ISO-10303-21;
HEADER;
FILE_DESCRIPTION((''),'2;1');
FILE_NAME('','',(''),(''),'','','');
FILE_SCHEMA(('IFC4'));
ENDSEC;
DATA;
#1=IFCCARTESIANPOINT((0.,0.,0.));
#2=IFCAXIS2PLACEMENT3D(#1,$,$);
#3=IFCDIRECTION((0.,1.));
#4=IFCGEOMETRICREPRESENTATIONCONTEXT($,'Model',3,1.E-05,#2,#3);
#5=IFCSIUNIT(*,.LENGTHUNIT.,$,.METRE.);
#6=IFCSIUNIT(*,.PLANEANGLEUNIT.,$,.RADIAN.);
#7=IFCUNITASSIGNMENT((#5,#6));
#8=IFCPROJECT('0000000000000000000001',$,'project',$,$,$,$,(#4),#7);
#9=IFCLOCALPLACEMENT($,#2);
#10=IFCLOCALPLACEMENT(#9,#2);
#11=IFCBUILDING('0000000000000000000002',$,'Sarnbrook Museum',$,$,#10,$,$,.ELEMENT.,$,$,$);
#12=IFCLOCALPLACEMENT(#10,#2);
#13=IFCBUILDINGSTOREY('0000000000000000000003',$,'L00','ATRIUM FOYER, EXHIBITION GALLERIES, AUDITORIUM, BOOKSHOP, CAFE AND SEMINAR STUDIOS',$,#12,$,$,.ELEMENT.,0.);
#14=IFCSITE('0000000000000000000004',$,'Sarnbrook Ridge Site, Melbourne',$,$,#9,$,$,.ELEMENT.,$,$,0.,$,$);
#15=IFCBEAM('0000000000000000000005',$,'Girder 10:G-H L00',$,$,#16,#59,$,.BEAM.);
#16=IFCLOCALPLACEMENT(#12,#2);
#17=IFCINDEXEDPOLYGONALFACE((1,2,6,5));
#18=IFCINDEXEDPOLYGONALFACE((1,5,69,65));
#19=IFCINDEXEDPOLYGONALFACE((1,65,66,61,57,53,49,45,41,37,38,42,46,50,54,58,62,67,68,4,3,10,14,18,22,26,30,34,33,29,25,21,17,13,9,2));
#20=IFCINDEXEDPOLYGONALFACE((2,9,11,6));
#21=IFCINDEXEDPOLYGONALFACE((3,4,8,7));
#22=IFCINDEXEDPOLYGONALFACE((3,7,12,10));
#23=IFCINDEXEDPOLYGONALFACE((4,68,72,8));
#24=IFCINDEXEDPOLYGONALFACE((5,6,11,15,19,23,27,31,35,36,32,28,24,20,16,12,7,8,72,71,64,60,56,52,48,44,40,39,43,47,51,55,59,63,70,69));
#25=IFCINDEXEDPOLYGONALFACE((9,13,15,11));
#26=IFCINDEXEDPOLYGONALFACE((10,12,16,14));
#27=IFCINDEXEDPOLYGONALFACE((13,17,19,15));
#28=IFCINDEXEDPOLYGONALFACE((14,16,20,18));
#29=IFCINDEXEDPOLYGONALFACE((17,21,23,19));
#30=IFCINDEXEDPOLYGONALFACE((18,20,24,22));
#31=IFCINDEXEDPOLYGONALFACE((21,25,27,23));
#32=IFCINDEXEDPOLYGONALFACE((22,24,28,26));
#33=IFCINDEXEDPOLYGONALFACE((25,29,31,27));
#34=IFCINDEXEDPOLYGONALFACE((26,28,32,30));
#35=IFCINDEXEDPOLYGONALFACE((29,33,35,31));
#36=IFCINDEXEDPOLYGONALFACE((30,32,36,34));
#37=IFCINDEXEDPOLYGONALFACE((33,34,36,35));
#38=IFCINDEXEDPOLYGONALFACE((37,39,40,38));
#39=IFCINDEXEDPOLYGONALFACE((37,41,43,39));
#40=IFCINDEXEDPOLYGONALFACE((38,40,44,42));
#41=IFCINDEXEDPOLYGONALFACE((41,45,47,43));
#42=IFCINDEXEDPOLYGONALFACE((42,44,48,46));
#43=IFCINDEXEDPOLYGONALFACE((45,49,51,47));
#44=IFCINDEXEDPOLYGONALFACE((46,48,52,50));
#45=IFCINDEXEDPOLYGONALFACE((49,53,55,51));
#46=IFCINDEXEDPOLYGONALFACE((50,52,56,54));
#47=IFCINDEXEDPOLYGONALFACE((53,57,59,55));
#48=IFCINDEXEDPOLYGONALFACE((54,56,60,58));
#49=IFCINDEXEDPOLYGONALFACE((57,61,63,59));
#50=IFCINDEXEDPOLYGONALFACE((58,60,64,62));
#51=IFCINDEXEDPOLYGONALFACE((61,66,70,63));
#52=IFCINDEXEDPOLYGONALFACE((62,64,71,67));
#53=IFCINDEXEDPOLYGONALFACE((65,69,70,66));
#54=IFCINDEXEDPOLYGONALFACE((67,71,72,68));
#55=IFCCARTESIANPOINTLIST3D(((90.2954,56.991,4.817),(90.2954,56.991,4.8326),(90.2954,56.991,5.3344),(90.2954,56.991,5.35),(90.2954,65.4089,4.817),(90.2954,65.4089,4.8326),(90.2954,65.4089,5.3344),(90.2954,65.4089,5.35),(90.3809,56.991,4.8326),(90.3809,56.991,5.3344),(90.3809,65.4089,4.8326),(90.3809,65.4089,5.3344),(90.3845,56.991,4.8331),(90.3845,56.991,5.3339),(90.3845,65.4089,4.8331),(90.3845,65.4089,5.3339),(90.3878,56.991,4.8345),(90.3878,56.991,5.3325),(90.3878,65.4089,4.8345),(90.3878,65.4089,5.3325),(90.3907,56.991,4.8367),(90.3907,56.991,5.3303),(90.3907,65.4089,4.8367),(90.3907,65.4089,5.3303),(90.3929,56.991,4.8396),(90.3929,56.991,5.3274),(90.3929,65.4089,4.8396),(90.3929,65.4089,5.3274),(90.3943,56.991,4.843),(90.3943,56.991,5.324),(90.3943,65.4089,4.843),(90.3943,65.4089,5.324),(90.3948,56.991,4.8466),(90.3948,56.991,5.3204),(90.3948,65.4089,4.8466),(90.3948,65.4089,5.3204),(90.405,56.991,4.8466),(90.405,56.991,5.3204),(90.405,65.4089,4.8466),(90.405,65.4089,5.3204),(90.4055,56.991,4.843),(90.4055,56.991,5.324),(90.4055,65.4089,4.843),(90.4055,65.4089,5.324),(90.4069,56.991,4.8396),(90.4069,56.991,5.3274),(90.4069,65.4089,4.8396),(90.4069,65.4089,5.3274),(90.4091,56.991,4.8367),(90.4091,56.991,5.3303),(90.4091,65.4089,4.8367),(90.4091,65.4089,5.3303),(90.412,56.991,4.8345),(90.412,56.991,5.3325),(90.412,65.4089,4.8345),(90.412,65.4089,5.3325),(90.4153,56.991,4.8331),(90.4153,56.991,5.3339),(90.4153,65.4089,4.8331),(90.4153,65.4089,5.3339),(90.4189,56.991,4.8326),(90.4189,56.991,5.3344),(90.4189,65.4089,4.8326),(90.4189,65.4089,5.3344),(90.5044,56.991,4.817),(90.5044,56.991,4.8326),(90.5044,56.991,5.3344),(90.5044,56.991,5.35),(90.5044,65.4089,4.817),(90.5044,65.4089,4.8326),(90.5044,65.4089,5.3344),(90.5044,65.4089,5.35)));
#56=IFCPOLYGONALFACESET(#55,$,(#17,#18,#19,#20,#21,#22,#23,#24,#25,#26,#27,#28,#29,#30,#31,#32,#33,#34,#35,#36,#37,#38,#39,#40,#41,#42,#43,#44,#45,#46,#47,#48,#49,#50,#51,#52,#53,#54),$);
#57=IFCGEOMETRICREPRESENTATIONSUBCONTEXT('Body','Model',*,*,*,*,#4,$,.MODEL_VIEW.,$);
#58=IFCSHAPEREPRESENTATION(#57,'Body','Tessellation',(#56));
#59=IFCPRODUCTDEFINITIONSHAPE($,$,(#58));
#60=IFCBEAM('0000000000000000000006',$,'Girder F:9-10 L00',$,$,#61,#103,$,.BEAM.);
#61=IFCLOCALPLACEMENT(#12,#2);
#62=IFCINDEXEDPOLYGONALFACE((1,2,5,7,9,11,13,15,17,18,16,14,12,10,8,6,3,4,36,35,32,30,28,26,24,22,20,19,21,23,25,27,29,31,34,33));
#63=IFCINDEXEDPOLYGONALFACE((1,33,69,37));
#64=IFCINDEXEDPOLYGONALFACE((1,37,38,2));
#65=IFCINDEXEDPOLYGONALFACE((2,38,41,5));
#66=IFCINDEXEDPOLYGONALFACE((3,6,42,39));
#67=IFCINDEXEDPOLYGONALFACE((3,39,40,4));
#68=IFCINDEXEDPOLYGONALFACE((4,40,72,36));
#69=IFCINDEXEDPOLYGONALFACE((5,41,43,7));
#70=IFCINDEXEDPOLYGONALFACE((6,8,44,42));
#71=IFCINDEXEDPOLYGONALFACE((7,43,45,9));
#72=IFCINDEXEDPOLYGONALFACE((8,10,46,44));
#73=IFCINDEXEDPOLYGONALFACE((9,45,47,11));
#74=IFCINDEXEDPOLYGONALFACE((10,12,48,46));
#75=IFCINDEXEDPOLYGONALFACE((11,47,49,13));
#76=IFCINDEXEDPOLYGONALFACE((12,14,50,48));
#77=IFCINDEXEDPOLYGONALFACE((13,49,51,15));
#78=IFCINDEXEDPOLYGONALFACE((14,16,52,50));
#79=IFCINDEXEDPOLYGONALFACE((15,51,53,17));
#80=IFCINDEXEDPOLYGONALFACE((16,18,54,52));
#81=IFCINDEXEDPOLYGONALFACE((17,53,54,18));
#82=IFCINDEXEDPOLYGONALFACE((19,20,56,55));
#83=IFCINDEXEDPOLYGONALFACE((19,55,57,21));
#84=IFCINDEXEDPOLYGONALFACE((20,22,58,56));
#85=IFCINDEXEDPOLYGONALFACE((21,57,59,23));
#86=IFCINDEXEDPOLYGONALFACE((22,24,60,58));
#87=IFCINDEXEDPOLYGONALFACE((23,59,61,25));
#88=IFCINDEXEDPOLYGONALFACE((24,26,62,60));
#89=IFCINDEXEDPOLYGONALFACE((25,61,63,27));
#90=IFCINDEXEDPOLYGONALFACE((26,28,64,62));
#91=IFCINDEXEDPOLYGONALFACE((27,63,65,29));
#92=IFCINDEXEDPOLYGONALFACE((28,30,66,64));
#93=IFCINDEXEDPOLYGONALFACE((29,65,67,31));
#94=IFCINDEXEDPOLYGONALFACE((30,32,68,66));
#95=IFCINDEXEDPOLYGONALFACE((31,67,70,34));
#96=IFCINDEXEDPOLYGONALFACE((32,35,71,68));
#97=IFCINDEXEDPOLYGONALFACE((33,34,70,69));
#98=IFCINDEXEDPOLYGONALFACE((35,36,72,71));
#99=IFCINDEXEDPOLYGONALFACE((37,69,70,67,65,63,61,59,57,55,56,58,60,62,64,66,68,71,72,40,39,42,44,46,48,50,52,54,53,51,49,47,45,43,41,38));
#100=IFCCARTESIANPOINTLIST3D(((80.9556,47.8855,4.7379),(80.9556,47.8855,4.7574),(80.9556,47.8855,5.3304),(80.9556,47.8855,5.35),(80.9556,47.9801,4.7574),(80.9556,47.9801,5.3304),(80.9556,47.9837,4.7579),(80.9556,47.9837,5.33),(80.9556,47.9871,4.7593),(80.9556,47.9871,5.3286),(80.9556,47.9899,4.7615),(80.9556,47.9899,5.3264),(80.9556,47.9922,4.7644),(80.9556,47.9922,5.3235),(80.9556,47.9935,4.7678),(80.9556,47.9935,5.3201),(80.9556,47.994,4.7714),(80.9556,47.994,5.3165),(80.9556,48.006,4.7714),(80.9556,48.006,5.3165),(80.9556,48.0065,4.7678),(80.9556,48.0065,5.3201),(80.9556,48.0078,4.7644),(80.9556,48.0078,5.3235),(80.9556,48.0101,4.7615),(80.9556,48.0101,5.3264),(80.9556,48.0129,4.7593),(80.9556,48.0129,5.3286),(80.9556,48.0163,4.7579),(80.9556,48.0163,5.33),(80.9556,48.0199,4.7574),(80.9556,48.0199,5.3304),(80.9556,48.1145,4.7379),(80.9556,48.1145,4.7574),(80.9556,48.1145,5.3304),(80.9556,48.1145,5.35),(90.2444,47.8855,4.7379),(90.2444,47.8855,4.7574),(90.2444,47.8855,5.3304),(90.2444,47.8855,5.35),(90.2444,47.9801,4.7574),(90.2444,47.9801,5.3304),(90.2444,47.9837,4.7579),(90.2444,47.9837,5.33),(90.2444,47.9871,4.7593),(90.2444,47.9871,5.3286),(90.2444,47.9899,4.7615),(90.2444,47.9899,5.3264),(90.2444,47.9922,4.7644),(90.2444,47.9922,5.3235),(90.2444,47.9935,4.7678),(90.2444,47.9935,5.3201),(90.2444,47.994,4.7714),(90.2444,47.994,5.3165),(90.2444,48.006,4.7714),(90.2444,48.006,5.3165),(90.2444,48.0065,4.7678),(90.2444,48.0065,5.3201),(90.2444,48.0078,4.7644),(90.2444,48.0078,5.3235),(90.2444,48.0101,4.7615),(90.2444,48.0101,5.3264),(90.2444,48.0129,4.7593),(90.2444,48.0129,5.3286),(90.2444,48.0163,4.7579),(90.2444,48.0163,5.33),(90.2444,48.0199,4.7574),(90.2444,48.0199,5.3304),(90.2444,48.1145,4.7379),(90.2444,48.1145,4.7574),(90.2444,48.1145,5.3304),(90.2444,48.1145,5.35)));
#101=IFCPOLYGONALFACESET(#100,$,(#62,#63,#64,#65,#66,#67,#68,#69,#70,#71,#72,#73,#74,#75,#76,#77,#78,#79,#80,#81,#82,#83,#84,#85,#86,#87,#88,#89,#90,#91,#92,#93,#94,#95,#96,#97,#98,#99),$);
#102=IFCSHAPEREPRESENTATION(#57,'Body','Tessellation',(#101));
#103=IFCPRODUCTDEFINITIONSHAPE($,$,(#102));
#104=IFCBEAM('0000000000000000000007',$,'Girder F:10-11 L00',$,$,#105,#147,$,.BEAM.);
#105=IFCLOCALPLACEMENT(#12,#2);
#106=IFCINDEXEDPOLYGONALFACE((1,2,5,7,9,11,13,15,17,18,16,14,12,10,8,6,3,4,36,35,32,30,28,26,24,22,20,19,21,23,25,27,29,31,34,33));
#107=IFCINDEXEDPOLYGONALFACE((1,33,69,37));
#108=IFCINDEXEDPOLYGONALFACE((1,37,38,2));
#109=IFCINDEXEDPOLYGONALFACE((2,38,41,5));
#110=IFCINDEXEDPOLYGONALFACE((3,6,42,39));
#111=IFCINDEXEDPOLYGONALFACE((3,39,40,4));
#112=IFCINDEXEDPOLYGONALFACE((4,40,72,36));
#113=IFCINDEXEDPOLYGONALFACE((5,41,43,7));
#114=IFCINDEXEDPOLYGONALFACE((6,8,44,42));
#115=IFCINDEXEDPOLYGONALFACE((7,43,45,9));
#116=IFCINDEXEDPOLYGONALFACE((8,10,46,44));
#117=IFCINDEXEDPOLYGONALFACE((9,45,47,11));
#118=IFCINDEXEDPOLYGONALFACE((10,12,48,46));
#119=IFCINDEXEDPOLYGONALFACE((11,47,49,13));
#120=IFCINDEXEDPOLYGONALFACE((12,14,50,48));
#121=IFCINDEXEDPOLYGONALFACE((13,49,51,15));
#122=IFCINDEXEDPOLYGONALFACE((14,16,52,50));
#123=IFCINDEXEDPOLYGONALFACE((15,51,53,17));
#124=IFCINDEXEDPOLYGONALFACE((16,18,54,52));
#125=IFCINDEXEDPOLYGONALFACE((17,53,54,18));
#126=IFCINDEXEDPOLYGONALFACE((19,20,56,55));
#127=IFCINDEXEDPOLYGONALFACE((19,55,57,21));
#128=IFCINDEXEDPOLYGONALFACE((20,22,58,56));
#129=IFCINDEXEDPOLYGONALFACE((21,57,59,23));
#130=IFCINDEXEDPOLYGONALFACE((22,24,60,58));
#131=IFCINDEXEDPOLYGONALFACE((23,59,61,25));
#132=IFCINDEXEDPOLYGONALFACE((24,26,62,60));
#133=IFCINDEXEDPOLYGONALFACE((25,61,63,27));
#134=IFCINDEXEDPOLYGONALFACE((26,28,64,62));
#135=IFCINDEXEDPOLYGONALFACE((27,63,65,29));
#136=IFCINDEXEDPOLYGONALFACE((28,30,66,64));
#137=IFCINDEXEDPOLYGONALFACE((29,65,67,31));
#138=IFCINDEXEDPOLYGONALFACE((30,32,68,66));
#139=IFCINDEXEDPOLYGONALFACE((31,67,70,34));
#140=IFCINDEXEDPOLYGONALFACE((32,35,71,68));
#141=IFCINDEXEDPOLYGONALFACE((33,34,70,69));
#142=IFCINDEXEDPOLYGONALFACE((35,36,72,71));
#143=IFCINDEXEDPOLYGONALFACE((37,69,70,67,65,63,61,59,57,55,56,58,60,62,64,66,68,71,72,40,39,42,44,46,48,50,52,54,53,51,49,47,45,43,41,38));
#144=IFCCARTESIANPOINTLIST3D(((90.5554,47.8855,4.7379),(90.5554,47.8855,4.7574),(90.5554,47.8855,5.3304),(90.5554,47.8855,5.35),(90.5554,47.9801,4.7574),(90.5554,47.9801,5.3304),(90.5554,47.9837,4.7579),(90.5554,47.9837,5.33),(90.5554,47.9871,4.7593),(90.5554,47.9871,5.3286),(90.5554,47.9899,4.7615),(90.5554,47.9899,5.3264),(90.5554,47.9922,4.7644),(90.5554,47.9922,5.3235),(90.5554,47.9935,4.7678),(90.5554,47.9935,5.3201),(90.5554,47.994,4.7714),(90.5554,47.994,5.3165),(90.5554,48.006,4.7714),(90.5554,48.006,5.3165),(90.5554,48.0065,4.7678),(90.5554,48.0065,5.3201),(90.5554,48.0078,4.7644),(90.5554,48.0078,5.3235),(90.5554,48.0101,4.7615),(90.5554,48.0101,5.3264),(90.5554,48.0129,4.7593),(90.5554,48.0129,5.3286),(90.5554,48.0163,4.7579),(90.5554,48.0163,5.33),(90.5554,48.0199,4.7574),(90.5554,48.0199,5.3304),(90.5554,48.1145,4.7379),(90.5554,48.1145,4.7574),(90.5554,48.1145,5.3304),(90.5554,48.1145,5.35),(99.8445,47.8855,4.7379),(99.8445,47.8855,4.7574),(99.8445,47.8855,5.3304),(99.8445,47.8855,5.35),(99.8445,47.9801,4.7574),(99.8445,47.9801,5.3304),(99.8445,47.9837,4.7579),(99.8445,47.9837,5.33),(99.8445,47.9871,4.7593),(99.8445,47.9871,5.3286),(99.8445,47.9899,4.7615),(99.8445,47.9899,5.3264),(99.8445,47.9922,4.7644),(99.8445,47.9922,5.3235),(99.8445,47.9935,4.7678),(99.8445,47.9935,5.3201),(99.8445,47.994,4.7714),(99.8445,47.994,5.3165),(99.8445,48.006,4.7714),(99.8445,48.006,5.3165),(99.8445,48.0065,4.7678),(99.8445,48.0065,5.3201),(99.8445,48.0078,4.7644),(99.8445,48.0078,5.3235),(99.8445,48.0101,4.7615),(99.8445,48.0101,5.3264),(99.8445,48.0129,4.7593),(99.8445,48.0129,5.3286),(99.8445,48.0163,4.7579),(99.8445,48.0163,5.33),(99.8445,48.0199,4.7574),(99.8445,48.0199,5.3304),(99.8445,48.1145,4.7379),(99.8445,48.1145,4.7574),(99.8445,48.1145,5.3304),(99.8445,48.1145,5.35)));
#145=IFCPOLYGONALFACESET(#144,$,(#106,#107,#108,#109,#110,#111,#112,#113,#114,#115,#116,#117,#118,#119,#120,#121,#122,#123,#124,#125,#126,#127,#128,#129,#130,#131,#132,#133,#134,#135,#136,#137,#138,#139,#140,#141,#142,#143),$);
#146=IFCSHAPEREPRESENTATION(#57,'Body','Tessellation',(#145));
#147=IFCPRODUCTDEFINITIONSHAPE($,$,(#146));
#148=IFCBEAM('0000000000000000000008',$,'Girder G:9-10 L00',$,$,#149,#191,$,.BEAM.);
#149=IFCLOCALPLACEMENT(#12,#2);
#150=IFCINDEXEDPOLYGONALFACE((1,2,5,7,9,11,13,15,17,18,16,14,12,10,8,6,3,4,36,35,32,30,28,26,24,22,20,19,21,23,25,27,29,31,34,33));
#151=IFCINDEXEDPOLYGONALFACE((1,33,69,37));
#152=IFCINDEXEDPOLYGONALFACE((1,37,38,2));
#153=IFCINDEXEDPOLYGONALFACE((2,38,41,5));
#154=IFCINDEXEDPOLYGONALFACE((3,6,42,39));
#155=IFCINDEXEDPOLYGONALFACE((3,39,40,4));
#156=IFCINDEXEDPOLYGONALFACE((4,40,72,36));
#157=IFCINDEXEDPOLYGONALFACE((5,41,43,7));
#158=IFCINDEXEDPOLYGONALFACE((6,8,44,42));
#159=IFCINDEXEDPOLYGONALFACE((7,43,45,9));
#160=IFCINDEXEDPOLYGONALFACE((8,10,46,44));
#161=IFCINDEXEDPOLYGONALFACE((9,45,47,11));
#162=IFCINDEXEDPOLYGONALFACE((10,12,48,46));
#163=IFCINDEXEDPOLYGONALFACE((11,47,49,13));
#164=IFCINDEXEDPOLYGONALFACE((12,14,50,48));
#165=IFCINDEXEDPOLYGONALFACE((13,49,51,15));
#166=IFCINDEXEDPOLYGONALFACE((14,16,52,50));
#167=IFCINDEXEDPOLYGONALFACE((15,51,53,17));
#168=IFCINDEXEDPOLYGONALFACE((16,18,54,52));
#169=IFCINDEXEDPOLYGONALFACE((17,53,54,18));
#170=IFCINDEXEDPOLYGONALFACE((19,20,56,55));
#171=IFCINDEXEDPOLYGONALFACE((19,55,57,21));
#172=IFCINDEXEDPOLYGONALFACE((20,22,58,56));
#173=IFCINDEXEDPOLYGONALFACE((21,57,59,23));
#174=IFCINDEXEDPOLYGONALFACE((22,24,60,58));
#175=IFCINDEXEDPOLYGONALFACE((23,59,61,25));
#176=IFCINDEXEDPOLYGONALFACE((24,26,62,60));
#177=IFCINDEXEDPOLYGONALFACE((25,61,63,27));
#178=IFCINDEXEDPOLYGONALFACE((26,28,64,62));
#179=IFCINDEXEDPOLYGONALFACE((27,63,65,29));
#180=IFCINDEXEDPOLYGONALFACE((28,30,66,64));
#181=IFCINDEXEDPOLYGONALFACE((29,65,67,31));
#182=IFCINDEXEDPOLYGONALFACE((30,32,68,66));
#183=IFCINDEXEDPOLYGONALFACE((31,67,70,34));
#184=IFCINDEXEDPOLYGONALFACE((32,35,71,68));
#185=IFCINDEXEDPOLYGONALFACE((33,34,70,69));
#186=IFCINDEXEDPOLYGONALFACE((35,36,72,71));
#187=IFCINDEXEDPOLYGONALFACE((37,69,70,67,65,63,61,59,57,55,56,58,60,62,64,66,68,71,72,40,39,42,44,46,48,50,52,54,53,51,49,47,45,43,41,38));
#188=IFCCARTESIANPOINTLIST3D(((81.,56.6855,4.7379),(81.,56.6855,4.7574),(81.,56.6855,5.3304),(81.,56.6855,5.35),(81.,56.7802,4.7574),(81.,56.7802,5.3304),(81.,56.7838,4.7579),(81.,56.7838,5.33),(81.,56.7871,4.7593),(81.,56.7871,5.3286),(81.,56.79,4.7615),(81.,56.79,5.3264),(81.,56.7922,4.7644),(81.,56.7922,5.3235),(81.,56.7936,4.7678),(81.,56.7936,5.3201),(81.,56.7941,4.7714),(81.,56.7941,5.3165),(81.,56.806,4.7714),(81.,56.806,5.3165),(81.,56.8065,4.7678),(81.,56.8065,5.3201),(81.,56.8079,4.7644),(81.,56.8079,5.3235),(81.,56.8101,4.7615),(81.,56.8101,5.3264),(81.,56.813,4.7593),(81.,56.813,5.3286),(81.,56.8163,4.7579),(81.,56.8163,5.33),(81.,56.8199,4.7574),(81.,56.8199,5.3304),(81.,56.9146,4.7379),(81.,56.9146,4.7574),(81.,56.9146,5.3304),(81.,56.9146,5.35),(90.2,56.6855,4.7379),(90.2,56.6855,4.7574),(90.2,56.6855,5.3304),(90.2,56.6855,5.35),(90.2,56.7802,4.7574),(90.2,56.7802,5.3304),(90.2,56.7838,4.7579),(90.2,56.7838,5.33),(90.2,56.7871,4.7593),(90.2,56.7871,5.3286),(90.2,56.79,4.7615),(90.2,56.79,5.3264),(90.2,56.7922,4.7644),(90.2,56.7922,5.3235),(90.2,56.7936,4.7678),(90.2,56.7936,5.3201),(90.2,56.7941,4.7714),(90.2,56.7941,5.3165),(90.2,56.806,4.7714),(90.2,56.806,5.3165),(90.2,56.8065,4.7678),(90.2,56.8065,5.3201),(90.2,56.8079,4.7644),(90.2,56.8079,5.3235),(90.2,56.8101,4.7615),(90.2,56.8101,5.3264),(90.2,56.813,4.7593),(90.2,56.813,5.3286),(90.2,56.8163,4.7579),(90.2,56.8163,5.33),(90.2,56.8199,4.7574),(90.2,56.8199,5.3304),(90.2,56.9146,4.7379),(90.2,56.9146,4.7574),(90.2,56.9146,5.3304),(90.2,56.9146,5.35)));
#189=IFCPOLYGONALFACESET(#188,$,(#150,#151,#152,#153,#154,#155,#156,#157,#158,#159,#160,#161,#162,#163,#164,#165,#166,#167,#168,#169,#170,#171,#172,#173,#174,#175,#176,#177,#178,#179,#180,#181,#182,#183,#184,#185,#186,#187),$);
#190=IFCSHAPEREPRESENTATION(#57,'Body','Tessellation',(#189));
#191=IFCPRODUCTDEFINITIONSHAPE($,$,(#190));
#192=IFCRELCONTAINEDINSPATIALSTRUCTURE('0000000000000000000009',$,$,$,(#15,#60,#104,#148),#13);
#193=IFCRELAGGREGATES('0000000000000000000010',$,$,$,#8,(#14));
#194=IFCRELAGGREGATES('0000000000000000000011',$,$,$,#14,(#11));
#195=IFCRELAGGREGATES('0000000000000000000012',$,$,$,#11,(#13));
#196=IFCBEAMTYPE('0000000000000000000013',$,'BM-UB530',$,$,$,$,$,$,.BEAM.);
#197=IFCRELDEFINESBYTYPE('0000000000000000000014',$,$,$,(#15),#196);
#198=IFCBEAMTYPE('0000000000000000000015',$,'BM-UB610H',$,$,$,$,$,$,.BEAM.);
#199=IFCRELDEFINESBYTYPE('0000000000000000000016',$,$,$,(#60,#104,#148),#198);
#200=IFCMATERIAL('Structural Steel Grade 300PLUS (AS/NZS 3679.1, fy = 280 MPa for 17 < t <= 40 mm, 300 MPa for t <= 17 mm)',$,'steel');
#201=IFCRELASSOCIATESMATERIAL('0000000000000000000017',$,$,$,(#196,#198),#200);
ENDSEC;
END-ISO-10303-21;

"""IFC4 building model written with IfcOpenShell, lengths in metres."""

from ifc_helpers import new_model, si_unit, direction, frame, origin, origin_2d, place, context, subcontext, project, spatial, i_section, extrude, material, material_profile, profile_set, type_object, element, save


model = new_model("IFC4")

# Units and contexts
model_context = context("Model", 3, precision=1e-05, world=origin(), true_north=direction((0.0, 1.0)))
body_context = subcontext(model_context, "Body", "Model", "MODEL_VIEW")
ifc_project = project(units=[si_unit("LENGTHUNIT", "METRE"), si_unit("PLANEANGLEUNIT", "RADIAN")], contexts=[model_context])

# Site, building, storey
site_placement = place(None, origin())
site = spatial("IfcSite", under=ifc_project, at=site_placement, Name="Sarnbrook Ridge Site, Melbourne", CompositionType="ELEMENT", RefElevation=0.0)
building_placement = place(site_placement, origin())
building = spatial("IfcBuilding", under=site, at=building_placement, Name="Sarnbrook Museum", CompositionType="ELEMENT")
storey_placement = place(building_placement, origin())
storey = spatial("IfcBuildingStorey", under=building, at=storey_placement, Name="L00", Description="ATRIUM FOYER, EXHIBITION GALLERIES, AUDITORIUM, BOOKSHOP, CAFE AND SEMINAR STUDIOS", CompositionType="ELEMENT", Elevation=0.0)

# Shared definitions
ifc_material_1 = material(Name="Structural Steel Grade 300PLUS (AS/NZS 3679.1, fy = 280 MPa for 17 < t <= 40 mm, 300 MPa for t <= 17 mm)", Category="steel")

# Beams
ifc_material_profile_1 = material_profile(ifc_material_1, i_section(OverallWidth=0.209, OverallDepth=0.533, WebThickness=0.0103, FlangeThickness=0.0156, FilletRadius=0.0139, at=origin_2d()), Name="530UB92.4")
ifc_profile_set_1 = profile_set([ifc_material_profile_1], Name="Structural Steel Grade 300PLUS (AS/NZS 3679.1, fy = 280 MPa for 17 < t <= 40 mm, 300 MPa for t <= 17 mm)")
beam_type_1 = type_object("IfcBeamType", Name="BM-UB530", PredefinedType="BEAM", material=ifc_profile_set_1)
beam_1_placement = place(storey_placement, frame((90.3999, 56.991, 5.0835), z_axis=(0.0, 1.0, 0.0), x_axis=(-1.0, 0.0, 0.0)))
element("IfcBeam", 1, at=beam_1_placement, inside=storey, type_object=beam_type_1, Name="Girder 10:G-H L00", PredefinedType="BEAM", context=body_context, shape_type="SweptSolid", body=[
    extrude(i_section(OverallWidth=0.209, OverallDepth=0.533, WebThickness=0.0103, FlangeThickness=0.0156, FilletRadius=0.0139, at=origin_2d()), origin(), (0.0, 0.0, 1.0), 8.418),
])
ifc_material_profile_2 = material_profile(ifc_material_1, i_section(OverallWidth=0.229, OverallDepth=0.6121, WebThickness=0.012, FlangeThickness=0.0195, FilletRadius=0.0139, at=origin_2d()), Name="610UB125")
ifc_profile_set_2 = profile_set([ifc_material_profile_2], Name="Structural Steel Grade 300PLUS (AS/NZS 3679.1, fy = 280 MPa for 17 < t <= 40 mm, 300 MPa for t <= 17 mm)")
beam_type_2 = type_object("IfcBeamType", Name="BM-UB610H", PredefinedType="BEAM", material=ifc_profile_set_2)
beam_2_placement = place(storey_placement, frame((80.9556, 48.0, 5.0439), z_axis=(1.0, 0.0, 0.0), x_axis=(0.0, 1.0, 0.0)))
element("IfcBeam", 2, at=beam_2_placement, inside=storey, type_object=beam_type_2, Name="Girder F:9-10 L00", PredefinedType="BEAM", context=body_context, shape_type="SweptSolid", body=[
    extrude(i_section(OverallWidth=0.229, OverallDepth=0.6121, WebThickness=0.012, FlangeThickness=0.0195, FilletRadius=0.0139, at=origin_2d()), origin(), (0.0, 0.0, 1.0), 9.2888),
])
beam_3_placement = place(storey_placement, frame((90.5554, 48.0, 5.0439), z_axis=(1.0, 0.0, 0.0), x_axis=(0.0, 1.0, 0.0)))
element("IfcBeam", 3, at=beam_3_placement, inside=storey, type_object=beam_type_2, Name="Girder F:10-11 L00", PredefinedType="BEAM", context=body_context, shape_type="SweptSolid", body=[
    extrude(i_section(OverallWidth=0.229, OverallDepth=0.6121, WebThickness=0.012, FlangeThickness=0.0195, FilletRadius=0.0139, at=origin_2d()), origin(), (0.0, 0.0, 1.0), 9.2891),
])
for number, where, z_axis, x_axis, name in (
    (4, (81.0, 56.8, 5.0439), (1.0, 0.0, 0.0), (0.0, 1.0, 0.0), "Girder G:9-10 L00"),
):
    element("IfcBeam", number, at=place(storey_placement, frame(where, z_axis=z_axis, x_axis=x_axis)), inside=storey, type_object=beam_type_2, Name=name, PredefinedType="BEAM", context=body_context, shape_type="SweptSolid", body=[
        extrude(i_section(OverallWidth=0.229, OverallDepth=0.6121, WebThickness=0.012, FlangeThickness=0.0195, FilletRadius=0.0139, at=origin_2d()), origin(), (0.0, 0.0, 1.0), 9.2),
    ])

save(model, "model.ifc")
